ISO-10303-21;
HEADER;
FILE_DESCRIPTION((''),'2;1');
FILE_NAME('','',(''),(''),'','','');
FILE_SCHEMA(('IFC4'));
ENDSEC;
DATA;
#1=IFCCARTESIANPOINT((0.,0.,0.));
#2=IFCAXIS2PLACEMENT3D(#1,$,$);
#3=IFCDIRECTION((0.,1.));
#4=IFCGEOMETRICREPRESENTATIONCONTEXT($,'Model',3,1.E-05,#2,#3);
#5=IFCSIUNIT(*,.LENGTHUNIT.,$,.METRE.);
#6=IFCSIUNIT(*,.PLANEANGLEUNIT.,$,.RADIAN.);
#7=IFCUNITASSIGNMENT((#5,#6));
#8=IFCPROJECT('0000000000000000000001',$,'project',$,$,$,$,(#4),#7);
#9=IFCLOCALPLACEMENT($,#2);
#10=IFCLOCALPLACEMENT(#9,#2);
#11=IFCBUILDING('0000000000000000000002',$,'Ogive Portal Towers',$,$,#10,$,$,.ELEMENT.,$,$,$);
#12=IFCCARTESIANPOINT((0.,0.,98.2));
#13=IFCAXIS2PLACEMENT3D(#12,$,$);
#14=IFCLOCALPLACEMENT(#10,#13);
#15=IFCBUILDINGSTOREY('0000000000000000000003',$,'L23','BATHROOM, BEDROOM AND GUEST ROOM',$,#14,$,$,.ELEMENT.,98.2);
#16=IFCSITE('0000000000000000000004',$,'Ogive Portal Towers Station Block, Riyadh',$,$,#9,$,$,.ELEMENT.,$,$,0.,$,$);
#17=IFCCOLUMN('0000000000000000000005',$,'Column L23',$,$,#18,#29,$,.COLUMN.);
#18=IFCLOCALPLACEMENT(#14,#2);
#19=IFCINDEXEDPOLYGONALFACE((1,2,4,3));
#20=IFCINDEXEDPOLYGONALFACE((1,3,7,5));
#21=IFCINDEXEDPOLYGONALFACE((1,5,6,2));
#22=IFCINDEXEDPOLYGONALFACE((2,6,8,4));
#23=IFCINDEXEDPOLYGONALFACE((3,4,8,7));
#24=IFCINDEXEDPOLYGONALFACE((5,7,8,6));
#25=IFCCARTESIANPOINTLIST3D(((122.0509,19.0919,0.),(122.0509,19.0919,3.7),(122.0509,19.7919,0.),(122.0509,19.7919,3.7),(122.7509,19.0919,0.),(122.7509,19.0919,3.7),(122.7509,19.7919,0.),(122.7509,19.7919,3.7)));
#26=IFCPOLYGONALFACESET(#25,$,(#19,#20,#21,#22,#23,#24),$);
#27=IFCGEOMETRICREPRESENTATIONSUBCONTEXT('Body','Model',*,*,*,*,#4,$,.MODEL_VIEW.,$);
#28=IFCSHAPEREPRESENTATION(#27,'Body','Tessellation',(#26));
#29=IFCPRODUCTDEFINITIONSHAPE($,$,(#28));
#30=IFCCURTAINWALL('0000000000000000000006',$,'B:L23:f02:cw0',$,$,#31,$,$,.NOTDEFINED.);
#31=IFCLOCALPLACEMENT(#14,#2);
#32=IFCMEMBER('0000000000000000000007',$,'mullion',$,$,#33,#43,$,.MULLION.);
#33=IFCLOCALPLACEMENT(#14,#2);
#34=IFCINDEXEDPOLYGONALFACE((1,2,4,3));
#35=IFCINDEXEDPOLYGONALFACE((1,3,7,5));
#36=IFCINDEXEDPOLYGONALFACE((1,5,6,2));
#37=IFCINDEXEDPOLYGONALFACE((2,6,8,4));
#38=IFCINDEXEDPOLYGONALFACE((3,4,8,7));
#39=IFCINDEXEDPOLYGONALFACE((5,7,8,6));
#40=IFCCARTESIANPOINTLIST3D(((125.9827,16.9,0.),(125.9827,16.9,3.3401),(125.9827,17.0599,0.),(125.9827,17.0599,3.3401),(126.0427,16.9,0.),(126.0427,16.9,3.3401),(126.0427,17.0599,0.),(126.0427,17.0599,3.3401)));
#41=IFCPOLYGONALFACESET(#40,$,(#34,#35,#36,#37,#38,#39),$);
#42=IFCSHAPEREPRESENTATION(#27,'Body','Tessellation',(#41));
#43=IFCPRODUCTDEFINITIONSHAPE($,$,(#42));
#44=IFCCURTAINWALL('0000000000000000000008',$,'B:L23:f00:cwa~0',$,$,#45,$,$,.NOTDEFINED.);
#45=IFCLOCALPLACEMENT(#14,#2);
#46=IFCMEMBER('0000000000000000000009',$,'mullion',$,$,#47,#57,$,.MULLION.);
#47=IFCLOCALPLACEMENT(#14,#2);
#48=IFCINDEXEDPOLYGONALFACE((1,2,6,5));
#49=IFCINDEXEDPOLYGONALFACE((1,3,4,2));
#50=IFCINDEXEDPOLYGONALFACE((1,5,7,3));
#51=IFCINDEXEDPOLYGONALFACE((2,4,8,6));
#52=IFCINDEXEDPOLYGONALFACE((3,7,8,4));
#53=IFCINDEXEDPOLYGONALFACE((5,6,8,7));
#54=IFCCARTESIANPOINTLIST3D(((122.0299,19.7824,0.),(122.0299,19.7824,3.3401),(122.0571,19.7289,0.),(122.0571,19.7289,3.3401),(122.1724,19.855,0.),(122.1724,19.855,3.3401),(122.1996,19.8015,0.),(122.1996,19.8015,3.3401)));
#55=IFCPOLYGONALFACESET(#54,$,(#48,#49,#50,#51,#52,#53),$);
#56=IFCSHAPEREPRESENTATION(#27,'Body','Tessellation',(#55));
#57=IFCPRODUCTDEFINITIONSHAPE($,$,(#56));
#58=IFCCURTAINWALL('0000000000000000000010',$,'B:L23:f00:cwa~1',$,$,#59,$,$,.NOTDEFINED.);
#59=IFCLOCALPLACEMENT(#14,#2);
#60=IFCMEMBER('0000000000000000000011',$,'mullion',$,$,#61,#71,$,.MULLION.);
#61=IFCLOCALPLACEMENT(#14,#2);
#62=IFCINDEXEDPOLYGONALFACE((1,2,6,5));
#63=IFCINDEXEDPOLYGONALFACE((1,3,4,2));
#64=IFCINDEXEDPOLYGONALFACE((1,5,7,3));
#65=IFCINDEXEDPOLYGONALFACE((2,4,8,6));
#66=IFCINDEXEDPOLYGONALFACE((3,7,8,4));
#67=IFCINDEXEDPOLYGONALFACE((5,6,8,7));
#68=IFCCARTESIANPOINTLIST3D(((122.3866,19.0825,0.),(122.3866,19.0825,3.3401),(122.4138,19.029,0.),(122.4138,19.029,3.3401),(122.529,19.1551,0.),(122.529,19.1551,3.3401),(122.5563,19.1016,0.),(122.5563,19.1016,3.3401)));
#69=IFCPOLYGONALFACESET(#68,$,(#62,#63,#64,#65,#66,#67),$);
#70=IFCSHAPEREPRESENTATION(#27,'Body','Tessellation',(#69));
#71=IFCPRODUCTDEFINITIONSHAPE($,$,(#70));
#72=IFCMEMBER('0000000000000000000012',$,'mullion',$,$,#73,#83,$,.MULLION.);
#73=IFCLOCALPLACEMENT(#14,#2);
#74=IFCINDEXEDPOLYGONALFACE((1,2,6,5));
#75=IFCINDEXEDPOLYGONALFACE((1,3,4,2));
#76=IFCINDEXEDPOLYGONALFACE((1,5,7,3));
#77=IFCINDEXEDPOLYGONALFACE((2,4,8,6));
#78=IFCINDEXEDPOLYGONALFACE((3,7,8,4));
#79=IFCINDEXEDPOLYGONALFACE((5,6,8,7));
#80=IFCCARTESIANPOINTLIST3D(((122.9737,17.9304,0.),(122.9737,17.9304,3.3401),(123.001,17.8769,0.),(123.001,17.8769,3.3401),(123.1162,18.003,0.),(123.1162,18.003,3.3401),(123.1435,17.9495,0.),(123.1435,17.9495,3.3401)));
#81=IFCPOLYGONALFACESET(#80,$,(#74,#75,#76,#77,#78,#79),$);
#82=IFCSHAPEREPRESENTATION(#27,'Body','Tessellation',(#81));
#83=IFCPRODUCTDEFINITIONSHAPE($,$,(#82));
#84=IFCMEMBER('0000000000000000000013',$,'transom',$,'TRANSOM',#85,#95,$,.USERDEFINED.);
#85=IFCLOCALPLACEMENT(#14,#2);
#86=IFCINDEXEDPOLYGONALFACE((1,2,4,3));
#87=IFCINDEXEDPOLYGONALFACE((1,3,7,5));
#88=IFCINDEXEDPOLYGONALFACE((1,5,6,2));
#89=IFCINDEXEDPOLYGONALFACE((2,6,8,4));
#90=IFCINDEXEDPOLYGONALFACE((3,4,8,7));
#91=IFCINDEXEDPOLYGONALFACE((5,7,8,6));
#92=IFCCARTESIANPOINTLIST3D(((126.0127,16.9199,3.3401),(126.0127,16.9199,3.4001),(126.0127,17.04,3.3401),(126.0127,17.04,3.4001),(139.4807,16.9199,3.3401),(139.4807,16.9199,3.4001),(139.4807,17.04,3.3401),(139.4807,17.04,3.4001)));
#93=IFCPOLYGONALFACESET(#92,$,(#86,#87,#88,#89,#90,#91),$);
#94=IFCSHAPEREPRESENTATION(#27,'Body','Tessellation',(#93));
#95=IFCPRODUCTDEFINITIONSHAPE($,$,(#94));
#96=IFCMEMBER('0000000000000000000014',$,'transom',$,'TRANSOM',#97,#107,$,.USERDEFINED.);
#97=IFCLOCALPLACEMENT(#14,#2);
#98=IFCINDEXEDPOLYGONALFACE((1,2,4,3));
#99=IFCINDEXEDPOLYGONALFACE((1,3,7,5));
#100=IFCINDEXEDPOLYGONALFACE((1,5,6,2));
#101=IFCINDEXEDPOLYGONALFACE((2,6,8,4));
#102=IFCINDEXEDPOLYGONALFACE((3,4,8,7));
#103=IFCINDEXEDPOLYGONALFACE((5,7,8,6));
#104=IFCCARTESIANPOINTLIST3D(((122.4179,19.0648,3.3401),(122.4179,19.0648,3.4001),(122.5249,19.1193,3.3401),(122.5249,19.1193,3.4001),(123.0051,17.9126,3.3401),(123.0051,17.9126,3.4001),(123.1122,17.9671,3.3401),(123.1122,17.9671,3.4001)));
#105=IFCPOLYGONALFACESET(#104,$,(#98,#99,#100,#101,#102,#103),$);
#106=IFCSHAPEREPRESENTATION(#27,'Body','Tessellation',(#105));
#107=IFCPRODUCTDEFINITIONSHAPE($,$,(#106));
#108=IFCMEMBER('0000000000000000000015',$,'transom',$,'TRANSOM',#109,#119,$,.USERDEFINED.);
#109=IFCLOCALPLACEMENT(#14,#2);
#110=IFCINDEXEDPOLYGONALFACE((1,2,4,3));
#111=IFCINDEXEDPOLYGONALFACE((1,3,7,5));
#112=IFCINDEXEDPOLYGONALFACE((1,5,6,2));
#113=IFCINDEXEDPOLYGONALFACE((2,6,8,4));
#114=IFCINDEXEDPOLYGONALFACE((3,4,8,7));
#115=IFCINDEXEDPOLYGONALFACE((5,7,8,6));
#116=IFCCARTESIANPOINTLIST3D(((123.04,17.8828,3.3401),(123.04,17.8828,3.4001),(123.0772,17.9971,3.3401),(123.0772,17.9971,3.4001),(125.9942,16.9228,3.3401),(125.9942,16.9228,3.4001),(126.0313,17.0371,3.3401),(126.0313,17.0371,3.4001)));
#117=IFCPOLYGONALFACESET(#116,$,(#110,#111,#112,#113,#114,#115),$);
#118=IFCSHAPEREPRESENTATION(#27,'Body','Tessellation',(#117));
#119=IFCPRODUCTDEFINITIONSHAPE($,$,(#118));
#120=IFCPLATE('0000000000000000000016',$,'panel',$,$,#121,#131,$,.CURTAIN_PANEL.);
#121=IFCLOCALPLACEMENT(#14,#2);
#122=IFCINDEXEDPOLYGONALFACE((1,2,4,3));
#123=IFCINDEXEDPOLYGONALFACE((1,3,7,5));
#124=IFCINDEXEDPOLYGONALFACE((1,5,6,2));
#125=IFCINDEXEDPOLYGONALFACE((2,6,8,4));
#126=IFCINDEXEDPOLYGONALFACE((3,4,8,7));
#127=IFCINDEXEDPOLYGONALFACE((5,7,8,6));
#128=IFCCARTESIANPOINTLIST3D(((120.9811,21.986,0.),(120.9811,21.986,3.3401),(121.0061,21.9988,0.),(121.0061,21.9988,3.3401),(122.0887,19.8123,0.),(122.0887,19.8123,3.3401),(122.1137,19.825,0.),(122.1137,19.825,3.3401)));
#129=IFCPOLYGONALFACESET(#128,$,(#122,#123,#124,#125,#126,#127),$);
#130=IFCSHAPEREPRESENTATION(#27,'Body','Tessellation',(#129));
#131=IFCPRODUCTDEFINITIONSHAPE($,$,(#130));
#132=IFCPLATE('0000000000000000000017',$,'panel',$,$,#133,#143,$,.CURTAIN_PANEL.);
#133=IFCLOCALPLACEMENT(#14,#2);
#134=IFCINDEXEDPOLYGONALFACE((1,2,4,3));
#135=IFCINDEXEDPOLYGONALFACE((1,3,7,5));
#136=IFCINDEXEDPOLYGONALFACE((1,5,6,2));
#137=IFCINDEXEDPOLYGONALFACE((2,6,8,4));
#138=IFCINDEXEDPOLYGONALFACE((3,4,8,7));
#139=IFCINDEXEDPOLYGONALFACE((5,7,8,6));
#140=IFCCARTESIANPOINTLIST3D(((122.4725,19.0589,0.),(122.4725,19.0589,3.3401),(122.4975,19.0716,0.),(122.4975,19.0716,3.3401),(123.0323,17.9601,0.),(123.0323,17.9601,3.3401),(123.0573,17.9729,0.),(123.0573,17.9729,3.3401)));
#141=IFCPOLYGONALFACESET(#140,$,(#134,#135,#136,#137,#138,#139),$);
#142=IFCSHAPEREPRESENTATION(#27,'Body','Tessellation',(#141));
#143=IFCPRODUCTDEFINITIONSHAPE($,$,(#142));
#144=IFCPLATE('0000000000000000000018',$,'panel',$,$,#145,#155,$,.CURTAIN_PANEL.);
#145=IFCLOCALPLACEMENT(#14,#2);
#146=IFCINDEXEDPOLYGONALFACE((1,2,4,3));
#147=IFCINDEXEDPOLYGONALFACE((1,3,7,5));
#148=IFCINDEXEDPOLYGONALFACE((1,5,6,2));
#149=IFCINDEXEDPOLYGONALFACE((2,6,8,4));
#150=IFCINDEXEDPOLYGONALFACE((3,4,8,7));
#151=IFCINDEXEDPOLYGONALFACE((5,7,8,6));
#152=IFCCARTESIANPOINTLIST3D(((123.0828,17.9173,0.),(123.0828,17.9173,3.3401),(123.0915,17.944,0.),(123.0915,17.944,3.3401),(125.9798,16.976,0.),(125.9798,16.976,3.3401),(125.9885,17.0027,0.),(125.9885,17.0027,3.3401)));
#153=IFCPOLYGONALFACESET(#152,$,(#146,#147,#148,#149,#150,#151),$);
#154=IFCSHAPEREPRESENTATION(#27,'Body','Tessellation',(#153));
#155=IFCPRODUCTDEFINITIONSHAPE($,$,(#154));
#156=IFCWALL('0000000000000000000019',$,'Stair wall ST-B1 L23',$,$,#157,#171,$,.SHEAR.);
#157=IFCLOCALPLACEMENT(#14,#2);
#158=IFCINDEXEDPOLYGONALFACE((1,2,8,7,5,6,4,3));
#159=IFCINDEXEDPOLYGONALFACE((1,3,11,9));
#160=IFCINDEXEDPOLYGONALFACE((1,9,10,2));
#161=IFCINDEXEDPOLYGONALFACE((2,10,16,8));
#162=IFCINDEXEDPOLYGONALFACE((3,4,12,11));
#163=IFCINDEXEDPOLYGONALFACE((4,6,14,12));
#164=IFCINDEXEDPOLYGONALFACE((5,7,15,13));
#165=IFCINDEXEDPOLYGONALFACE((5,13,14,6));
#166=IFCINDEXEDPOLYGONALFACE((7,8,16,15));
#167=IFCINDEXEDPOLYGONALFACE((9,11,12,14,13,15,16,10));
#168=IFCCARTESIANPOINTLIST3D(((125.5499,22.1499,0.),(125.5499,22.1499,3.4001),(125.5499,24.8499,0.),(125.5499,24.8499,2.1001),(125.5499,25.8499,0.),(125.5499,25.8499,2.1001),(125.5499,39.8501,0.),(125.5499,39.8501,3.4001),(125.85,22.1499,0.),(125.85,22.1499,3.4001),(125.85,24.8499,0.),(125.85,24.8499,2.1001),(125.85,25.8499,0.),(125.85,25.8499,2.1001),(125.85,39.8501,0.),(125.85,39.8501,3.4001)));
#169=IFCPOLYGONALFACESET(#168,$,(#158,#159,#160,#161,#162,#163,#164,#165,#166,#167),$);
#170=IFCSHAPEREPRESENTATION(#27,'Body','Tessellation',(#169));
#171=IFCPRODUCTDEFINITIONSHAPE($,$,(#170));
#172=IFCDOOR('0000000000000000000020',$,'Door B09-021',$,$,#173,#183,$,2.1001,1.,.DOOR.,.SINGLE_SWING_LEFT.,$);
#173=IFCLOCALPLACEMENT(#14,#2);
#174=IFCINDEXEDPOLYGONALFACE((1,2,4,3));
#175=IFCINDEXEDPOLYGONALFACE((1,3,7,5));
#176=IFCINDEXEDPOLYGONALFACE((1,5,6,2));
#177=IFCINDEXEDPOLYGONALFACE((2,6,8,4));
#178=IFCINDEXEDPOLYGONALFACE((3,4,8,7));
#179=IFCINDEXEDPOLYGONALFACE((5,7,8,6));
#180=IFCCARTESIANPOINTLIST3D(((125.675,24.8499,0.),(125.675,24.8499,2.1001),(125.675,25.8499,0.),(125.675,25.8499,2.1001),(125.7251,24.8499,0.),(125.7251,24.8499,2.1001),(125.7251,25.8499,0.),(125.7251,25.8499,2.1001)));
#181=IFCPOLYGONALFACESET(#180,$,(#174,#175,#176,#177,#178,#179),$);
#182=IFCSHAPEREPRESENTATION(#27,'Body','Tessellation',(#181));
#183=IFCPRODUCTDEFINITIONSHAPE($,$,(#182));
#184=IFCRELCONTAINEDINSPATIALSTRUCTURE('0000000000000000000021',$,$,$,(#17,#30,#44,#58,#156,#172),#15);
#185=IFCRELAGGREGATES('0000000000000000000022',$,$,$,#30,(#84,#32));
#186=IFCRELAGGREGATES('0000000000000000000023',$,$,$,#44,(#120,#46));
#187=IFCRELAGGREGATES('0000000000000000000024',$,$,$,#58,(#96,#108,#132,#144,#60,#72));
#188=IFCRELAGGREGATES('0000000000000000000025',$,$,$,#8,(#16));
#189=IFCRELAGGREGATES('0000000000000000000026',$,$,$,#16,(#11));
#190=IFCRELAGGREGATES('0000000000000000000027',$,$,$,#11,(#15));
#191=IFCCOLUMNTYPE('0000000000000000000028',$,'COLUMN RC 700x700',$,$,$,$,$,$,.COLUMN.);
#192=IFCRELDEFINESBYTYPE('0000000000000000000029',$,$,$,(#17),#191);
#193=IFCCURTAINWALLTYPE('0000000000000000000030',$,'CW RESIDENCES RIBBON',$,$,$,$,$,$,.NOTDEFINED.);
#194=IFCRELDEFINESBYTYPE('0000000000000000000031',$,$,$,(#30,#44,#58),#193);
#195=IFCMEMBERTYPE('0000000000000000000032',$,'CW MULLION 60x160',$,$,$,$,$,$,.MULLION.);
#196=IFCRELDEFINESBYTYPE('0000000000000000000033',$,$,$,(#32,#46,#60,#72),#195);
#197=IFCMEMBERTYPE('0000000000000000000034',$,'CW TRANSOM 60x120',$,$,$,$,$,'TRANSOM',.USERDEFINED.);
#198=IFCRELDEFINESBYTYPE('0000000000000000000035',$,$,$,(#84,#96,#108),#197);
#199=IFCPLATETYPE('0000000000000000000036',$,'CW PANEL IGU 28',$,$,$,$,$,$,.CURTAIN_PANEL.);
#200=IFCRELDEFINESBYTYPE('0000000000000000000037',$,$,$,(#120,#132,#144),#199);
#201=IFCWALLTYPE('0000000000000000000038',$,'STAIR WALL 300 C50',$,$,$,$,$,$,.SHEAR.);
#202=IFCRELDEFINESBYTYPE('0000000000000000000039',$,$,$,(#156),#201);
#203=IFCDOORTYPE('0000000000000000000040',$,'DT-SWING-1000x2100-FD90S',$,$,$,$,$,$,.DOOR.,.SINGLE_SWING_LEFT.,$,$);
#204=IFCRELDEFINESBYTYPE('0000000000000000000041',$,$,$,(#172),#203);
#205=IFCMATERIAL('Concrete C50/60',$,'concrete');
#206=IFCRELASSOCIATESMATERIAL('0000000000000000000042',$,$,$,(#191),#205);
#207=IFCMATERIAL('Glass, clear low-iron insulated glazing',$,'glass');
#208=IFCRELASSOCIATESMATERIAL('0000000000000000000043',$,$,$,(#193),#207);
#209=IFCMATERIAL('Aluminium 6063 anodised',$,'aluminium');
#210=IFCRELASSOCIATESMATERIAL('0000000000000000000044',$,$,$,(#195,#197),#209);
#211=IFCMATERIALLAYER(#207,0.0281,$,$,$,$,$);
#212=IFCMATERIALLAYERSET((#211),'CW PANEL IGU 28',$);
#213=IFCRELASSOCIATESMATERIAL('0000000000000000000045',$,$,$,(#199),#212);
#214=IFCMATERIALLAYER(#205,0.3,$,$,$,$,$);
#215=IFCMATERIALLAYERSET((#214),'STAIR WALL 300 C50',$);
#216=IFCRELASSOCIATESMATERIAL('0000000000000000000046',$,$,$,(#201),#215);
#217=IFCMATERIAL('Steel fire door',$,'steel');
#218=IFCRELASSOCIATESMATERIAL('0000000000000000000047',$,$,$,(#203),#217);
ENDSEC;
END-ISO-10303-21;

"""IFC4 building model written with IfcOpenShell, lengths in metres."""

from ifc_helpers import new_model, si_unit, direction, frame, frame_2d, origin, origin_2d, place, context, subcontext, project, spatial, rectangle, extrude, material, layer, layer_set, material_profile, profile_set, type_object, element, fill, aggregate, save


model = new_model("IFC4")

# Units and contexts
model_context = context("Model", 3, precision=1e-05, world=origin(), true_north=direction((0.0, 1.0)))
body_context = subcontext(model_context, "Body", "Model", "MODEL_VIEW")
ifc_project = project(units=[si_unit("LENGTHUNIT", "METRE"), si_unit("PLANEANGLEUNIT", "RADIAN")], contexts=[model_context])

# Site, building, storey
site_placement = place(None, origin())
site = spatial("IfcSite", under=ifc_project, at=site_placement, Name="Ogive Portal Towers Station Block, Riyadh", CompositionType="ELEMENT", RefElevation=0.0)
building_placement = place(site_placement, origin())
building = spatial("IfcBuilding", under=site, at=building_placement, Name="Ogive Portal Towers", CompositionType="ELEMENT")
storey_placement = place(building_placement, frame((0.0, 0.0, 98.2)))
storey = spatial("IfcBuildingStorey", under=building, at=storey_placement, Name="L23", Description="BATHROOM, BEDROOM AND GUEST ROOM", CompositionType="ELEMENT", Elevation=98.2)

# Column
ifc_material_1 = material(Name="Concrete C50/60", Category="concrete")
ifc_material_profile_1 = material_profile(ifc_material_1, rectangle(XDim=0.7, YDim=0.7, at=origin_2d()), Name="RC 700x700")
ifc_profile_set_1 = profile_set([ifc_material_profile_1], Name="Concrete C50/60")
column_type = type_object("IfcColumnType", Name="COLUMN RC 700x700", PredefinedType="COLUMN", material=ifc_profile_set_1)
column_placement = place(storey_placement, frame((122.4009, 19.4419, 0.0), z_axis=(0.0, 0.0, 1.0), x_axis=(1.0, 0.0, 0.0)))
element("IfcColumn", 1, at=column_placement, inside=storey, type_object=column_type, Name="Column L23", PredefinedType="COLUMN", context=body_context, shape_type="SweptSolid", body=[
    extrude(rectangle(XDim=0.7, YDim=0.7, at=origin_2d()), origin(), (0.0, 0.0, 1.0), 3.7),
])

# Curtain walls, members
ifc_material_2 = material(Name="Glass, clear low-iron insulated glazing", Category="glass")
curtain_wall_type = type_object("IfcCurtainWallType", Name="CW RESIDENCES RIBBON", PredefinedType="NOTDEFINED", material=ifc_material_2)
curtain_wall_1_placement = place(storey_placement, origin())
curtain_wall_1 = element("IfcCurtainWall", 2, at=curtain_wall_1_placement, inside=storey, type_object=curtain_wall_type, Name="B:L23:f02:cw0", PredefinedType="NOTDEFINED")
ifc_material_3 = material(Name="Aluminium 6063 anodised", Category="aluminium")
ifc_material_profile_2 = material_profile(ifc_material_3, rectangle(XDim=0.1599, YDim=0.0601, at=origin_2d()), Name="AL 60x160")
ifc_profile_set_2 = profile_set([ifc_material_profile_2], Name="Aluminium 6063 anodised")
member_type_1 = type_object("IfcMemberType", Name="CW MULLION 60x160", PredefinedType="MULLION", material=ifc_profile_set_2)
member_1_placement = place(storey_placement, frame((126.0127, 16.98, 0.0), z_axis=(0.0, 0.0, 1.0), x_axis=(0.0, 1.0, 0.0)))
member_1 = element("IfcMember", 3, at=member_1_placement, type_object=member_type_1, Name="mullion", PredefinedType="MULLION", context=body_context, shape_type="SweptSolid", body=[
    extrude(rectangle(XDim=0.1599, YDim=0.0601, at=origin_2d()), origin(), (0.0, 0.0, 1.0), 3.3401),
])
curtain_wall_2_placement = place(storey_placement, origin())
curtain_wall_2 = element("IfcCurtainWall", 4, at=curtain_wall_2_placement, inside=storey, type_object=curtain_wall_type, Name="B:L23:f00:cwa~0", PredefinedType="NOTDEFINED")
member_2_placement = place(storey_placement, frame((122.1147, 19.792, 0.0), z_axis=(0.0, 0.0, 1.0), x_axis=(0.891007, 0.45399, 0.0)))
member_2 = element("IfcMember", 5, at=member_2_placement, type_object=member_type_1, Name="mullion", PredefinedType="MULLION", context=body_context, shape_type="SweptSolid", body=[
    extrude(rectangle(XDim=0.1599, YDim=0.0601, at=origin_2d()), origin(), (0.0, 0.0, 1.0), 3.3401),
])

# Curtain wall, members
curtain_wall_3_placement = place(storey_placement, origin())
curtain_wall_3 = element("IfcCurtainWall", 6, at=curtain_wall_3_placement, inside=storey, type_object=curtain_wall_type, Name="B:L23:f00:cwa~1", PredefinedType="NOTDEFINED")
member_3_placement = place(storey_placement, frame((122.4714, 19.092, 0.0), z_axis=(0.0, 0.0, 1.0), x_axis=(0.891007, 0.45399, 0.0)))
member_3 = element("IfcMember", 7, at=member_3_placement, type_object=member_type_1, Name="mullion", PredefinedType="MULLION", context=body_context, shape_type="SweptSolid", body=[
    extrude(rectangle(XDim=0.1599, YDim=0.0601, at=origin_2d()), origin(), (0.0, 0.0, 1.0), 3.3401),
])
member_4_placement = place(storey_placement, frame((123.0586, 17.9399, 0.0), z_axis=(0.0, 0.0, 1.0), x_axis=(0.891007, 0.45399, 0.0)))
member_4 = element("IfcMember", 8, at=member_4_placement, type_object=member_type_1, Name="mullion", PredefinedType="MULLION", context=body_context, shape_type="SweptSolid", body=[
    extrude(rectangle(XDim=0.1599, YDim=0.0601, at=origin_2d()), origin(), (0.0, 0.0, 1.0), 3.3401),
])

# Members
ifc_material_profile_3 = material_profile(ifc_material_3, rectangle(XDim=0.1201, YDim=0.0601, at=origin_2d()), Name="AL 120x60")
ifc_profile_set_3 = profile_set([ifc_material_profile_3], Name="Aluminium 6063 anodised")
member_type_2 = type_object("IfcMemberType", Name="CW TRANSOM 60x120", ElementType="TRANSOM", PredefinedType="USERDEFINED", material=ifc_profile_set_3)
member_5_placement = place(storey_placement, frame((126.0127, 16.98, 3.3701), z_axis=(1.0, 0.0, 0.0), x_axis=(0.0, 1.0, 0.0)))
member_5 = element("IfcMember", 9, at=member_5_placement, type_object=member_type_2, Name="transom", ObjectType="TRANSOM", PredefinedType="USERDEFINED", context=body_context, shape_type="SweptSolid", body=[
    extrude(rectangle(XDim=0.1201, YDim=0.0601, at=origin_2d()), origin(), (0.0, 0.0, 1.0), 13.468),
])
aggregate(curtain_wall_1, [member_5, member_1])
member_6_placement = place(storey_placement, frame((122.4714, 19.092, 3.3701), z_axis=(0.454073, -0.890965, 0.0), x_axis=(0.890965, 0.454073, 0.0)))
member_6 = element("IfcMember", 10, at=member_6_placement, type_object=member_type_2, Name="transom", ObjectType="TRANSOM", PredefinedType="USERDEFINED", context=body_context, shape_type="SweptSolid", body=[
    extrude(rectangle(XDim=0.1201, YDim=0.0601, at=origin_2d()), origin(), (0.0, 0.0, 1.0), 1.2932),
])
member_7_placement = place(storey_placement, frame((123.0586, 17.9399, 3.3701), z_axis=(0.951046, -0.309051, 0.0), x_axis=(0.309051, 0.951046, 0.0)))
member_7 = element("IfcMember", 11, at=member_7_placement, type_object=member_type_2, Name="transom", ObjectType="TRANSOM", PredefinedType="USERDEFINED", context=body_context, shape_type="SweptSolid", body=[
    extrude(rectangle(XDim=0.1201, YDim=0.0601, at=origin_2d()), origin(), (0.0, 0.0, 1.0), 3.1062),
])

# Plates
ifc_layer_1 = layer(ifc_material_2, 0.0281)
ifc_layer_set_1 = layer_set([ifc_layer_1], Name="CW PANEL IGU 28")
plate_type = type_object("IfcPlateType", Name="CW PANEL IGU 28", PredefinedType="CURTAIN_PANEL", material=ifc_layer_set_1)
plate_1_placement = place(storey_placement, frame((121.5474, 20.9055, 0.0), z_axis=(0.0, 0.0, 1.0), x_axis=(0.45399, -0.891007, 0.0)))
plate_1 = element("IfcPlate", 12, at=plate_1_placement, type_object=plate_type, Name="panel", PredefinedType="CURTAIN_PANEL", context=body_context, shape_type="SweptSolid", body=[
    extrude(rectangle(XDim=2.4397, YDim=0.0281, at=origin_2d()), origin(), (0.0, 0.0, 1.0), 3.3401),
])
aggregate(curtain_wall_2, [plate_1, member_2])
plate_2_placement = place(storey_placement, frame((122.7649, 18.5159, 0.0), z_axis=(0.0, 0.0, 1.0), x_axis=(0.45399, -0.891007, 0.0)))
plate_2 = element("IfcPlate", 13, at=plate_2_placement, type_object=plate_type, Name="panel", PredefinedType="CURTAIN_PANEL", context=body_context, shape_type="SweptSolid", body=[
    extrude(rectangle(XDim=1.2332, YDim=0.0281, at=origin_2d()), origin(), (0.0, 0.0, 1.0), 3.3401),
])
plate_3_placement = place(storey_placement, frame((124.5356, 17.46, 0.0), z_axis=(0.0, 0.0, 1.0), x_axis=(0.951057, -0.309017, 0.0)))
plate_3 = element("IfcPlate", 14, at=plate_3_placement, type_object=plate_type, Name="panel", PredefinedType="CURTAIN_PANEL", context=body_context, shape_type="SweptSolid", body=[
    extrude(rectangle(XDim=3.0461, YDim=0.0281, at=origin_2d()), origin(), (0.0, 0.0, 1.0), 3.3401),
])
aggregate(curtain_wall_3, [member_6, member_7, plate_2, plate_3, member_3, member_4])

# Wall, opening, door
ifc_layer_2 = layer(ifc_material_1, 0.3)
ifc_layer_set_2 = layer_set([ifc_layer_2], Name="STAIR WALL 300 C50")
wall_type_1 = type_object("IfcWallType", Name="STAIR WALL 300 C50", PredefinedType="SHEAR", material=ifc_layer_set_2)
wall_1_placement = place(storey_placement, frame((125.7, 22.1499, 0.0), z_axis=(0.0, 0.0, 1.0), x_axis=(0.0, 1.0, 0.0)))
wall_1 = element("IfcWall", 15, at=wall_1_placement, inside=storey, type_object=wall_type_1, Name="Stair wall ST-B1 L23", PredefinedType="SHEAR", context=body_context, shape_type="SweptSolid", body=[
    extrude(rectangle(XDim=17.7002, YDim=0.3, at=frame_2d((8.8501, 0.0))), origin(), (0.0, 0.0, 1.0), 3.4001),
])
opening_1_placement = place(wall_1_placement, frame((2.7, 0.0, 0.0)))
opening_1 = element("IfcOpeningElement", 16, at=opening_1_placement, cuts=wall_1, PredefinedType="OPENING", context=body_context, shape_type="SweptSolid", body=[
    extrude(rectangle(XDim=1.0, YDim=2.1001, at=frame_2d((0.5, 1.05))), frame((0.0, 0.1602, 0.0), z_axis=(0.0, -1.0, 0.0), x_axis=(1.0, 0.0, 0.0)), (0.0, 0.0, 1.0), 0.3201),
])
ifc_material_4 = material(Name="Steel fire door", Category="steel")
door_type_1 = type_object("IfcDoorType", Name="DT-SWING-1000x2100-FD90S", OperationType="SINGLE_SWING_LEFT", PredefinedType="DOOR", material=ifc_material_4)
door_1_placement = place(opening_1_placement, origin())
door_1 = element("IfcDoor", 17, at=door_1_placement, inside=storey, type_object=door_type_1, Name="Door B09-021", OperationType="SINGLE_SWING_LEFT", OverallHeight=2.1001, OverallWidth=1.0, PredefinedType="DOOR", context=body_context, shape_type="SweptSolid", body=[
    extrude(rectangle(XDim=1.0, YDim=2.1001, at=frame_2d((0.5, 1.05))), frame((0.0, 0.0249, 0.0), z_axis=(0.0, -1.0, 0.0), x_axis=(1.0, 0.0, 0.0)), (0.0, 0.0, 1.0), 0.05),
])
fill(opening_1, door_1)

save(model, "model.ifc")
